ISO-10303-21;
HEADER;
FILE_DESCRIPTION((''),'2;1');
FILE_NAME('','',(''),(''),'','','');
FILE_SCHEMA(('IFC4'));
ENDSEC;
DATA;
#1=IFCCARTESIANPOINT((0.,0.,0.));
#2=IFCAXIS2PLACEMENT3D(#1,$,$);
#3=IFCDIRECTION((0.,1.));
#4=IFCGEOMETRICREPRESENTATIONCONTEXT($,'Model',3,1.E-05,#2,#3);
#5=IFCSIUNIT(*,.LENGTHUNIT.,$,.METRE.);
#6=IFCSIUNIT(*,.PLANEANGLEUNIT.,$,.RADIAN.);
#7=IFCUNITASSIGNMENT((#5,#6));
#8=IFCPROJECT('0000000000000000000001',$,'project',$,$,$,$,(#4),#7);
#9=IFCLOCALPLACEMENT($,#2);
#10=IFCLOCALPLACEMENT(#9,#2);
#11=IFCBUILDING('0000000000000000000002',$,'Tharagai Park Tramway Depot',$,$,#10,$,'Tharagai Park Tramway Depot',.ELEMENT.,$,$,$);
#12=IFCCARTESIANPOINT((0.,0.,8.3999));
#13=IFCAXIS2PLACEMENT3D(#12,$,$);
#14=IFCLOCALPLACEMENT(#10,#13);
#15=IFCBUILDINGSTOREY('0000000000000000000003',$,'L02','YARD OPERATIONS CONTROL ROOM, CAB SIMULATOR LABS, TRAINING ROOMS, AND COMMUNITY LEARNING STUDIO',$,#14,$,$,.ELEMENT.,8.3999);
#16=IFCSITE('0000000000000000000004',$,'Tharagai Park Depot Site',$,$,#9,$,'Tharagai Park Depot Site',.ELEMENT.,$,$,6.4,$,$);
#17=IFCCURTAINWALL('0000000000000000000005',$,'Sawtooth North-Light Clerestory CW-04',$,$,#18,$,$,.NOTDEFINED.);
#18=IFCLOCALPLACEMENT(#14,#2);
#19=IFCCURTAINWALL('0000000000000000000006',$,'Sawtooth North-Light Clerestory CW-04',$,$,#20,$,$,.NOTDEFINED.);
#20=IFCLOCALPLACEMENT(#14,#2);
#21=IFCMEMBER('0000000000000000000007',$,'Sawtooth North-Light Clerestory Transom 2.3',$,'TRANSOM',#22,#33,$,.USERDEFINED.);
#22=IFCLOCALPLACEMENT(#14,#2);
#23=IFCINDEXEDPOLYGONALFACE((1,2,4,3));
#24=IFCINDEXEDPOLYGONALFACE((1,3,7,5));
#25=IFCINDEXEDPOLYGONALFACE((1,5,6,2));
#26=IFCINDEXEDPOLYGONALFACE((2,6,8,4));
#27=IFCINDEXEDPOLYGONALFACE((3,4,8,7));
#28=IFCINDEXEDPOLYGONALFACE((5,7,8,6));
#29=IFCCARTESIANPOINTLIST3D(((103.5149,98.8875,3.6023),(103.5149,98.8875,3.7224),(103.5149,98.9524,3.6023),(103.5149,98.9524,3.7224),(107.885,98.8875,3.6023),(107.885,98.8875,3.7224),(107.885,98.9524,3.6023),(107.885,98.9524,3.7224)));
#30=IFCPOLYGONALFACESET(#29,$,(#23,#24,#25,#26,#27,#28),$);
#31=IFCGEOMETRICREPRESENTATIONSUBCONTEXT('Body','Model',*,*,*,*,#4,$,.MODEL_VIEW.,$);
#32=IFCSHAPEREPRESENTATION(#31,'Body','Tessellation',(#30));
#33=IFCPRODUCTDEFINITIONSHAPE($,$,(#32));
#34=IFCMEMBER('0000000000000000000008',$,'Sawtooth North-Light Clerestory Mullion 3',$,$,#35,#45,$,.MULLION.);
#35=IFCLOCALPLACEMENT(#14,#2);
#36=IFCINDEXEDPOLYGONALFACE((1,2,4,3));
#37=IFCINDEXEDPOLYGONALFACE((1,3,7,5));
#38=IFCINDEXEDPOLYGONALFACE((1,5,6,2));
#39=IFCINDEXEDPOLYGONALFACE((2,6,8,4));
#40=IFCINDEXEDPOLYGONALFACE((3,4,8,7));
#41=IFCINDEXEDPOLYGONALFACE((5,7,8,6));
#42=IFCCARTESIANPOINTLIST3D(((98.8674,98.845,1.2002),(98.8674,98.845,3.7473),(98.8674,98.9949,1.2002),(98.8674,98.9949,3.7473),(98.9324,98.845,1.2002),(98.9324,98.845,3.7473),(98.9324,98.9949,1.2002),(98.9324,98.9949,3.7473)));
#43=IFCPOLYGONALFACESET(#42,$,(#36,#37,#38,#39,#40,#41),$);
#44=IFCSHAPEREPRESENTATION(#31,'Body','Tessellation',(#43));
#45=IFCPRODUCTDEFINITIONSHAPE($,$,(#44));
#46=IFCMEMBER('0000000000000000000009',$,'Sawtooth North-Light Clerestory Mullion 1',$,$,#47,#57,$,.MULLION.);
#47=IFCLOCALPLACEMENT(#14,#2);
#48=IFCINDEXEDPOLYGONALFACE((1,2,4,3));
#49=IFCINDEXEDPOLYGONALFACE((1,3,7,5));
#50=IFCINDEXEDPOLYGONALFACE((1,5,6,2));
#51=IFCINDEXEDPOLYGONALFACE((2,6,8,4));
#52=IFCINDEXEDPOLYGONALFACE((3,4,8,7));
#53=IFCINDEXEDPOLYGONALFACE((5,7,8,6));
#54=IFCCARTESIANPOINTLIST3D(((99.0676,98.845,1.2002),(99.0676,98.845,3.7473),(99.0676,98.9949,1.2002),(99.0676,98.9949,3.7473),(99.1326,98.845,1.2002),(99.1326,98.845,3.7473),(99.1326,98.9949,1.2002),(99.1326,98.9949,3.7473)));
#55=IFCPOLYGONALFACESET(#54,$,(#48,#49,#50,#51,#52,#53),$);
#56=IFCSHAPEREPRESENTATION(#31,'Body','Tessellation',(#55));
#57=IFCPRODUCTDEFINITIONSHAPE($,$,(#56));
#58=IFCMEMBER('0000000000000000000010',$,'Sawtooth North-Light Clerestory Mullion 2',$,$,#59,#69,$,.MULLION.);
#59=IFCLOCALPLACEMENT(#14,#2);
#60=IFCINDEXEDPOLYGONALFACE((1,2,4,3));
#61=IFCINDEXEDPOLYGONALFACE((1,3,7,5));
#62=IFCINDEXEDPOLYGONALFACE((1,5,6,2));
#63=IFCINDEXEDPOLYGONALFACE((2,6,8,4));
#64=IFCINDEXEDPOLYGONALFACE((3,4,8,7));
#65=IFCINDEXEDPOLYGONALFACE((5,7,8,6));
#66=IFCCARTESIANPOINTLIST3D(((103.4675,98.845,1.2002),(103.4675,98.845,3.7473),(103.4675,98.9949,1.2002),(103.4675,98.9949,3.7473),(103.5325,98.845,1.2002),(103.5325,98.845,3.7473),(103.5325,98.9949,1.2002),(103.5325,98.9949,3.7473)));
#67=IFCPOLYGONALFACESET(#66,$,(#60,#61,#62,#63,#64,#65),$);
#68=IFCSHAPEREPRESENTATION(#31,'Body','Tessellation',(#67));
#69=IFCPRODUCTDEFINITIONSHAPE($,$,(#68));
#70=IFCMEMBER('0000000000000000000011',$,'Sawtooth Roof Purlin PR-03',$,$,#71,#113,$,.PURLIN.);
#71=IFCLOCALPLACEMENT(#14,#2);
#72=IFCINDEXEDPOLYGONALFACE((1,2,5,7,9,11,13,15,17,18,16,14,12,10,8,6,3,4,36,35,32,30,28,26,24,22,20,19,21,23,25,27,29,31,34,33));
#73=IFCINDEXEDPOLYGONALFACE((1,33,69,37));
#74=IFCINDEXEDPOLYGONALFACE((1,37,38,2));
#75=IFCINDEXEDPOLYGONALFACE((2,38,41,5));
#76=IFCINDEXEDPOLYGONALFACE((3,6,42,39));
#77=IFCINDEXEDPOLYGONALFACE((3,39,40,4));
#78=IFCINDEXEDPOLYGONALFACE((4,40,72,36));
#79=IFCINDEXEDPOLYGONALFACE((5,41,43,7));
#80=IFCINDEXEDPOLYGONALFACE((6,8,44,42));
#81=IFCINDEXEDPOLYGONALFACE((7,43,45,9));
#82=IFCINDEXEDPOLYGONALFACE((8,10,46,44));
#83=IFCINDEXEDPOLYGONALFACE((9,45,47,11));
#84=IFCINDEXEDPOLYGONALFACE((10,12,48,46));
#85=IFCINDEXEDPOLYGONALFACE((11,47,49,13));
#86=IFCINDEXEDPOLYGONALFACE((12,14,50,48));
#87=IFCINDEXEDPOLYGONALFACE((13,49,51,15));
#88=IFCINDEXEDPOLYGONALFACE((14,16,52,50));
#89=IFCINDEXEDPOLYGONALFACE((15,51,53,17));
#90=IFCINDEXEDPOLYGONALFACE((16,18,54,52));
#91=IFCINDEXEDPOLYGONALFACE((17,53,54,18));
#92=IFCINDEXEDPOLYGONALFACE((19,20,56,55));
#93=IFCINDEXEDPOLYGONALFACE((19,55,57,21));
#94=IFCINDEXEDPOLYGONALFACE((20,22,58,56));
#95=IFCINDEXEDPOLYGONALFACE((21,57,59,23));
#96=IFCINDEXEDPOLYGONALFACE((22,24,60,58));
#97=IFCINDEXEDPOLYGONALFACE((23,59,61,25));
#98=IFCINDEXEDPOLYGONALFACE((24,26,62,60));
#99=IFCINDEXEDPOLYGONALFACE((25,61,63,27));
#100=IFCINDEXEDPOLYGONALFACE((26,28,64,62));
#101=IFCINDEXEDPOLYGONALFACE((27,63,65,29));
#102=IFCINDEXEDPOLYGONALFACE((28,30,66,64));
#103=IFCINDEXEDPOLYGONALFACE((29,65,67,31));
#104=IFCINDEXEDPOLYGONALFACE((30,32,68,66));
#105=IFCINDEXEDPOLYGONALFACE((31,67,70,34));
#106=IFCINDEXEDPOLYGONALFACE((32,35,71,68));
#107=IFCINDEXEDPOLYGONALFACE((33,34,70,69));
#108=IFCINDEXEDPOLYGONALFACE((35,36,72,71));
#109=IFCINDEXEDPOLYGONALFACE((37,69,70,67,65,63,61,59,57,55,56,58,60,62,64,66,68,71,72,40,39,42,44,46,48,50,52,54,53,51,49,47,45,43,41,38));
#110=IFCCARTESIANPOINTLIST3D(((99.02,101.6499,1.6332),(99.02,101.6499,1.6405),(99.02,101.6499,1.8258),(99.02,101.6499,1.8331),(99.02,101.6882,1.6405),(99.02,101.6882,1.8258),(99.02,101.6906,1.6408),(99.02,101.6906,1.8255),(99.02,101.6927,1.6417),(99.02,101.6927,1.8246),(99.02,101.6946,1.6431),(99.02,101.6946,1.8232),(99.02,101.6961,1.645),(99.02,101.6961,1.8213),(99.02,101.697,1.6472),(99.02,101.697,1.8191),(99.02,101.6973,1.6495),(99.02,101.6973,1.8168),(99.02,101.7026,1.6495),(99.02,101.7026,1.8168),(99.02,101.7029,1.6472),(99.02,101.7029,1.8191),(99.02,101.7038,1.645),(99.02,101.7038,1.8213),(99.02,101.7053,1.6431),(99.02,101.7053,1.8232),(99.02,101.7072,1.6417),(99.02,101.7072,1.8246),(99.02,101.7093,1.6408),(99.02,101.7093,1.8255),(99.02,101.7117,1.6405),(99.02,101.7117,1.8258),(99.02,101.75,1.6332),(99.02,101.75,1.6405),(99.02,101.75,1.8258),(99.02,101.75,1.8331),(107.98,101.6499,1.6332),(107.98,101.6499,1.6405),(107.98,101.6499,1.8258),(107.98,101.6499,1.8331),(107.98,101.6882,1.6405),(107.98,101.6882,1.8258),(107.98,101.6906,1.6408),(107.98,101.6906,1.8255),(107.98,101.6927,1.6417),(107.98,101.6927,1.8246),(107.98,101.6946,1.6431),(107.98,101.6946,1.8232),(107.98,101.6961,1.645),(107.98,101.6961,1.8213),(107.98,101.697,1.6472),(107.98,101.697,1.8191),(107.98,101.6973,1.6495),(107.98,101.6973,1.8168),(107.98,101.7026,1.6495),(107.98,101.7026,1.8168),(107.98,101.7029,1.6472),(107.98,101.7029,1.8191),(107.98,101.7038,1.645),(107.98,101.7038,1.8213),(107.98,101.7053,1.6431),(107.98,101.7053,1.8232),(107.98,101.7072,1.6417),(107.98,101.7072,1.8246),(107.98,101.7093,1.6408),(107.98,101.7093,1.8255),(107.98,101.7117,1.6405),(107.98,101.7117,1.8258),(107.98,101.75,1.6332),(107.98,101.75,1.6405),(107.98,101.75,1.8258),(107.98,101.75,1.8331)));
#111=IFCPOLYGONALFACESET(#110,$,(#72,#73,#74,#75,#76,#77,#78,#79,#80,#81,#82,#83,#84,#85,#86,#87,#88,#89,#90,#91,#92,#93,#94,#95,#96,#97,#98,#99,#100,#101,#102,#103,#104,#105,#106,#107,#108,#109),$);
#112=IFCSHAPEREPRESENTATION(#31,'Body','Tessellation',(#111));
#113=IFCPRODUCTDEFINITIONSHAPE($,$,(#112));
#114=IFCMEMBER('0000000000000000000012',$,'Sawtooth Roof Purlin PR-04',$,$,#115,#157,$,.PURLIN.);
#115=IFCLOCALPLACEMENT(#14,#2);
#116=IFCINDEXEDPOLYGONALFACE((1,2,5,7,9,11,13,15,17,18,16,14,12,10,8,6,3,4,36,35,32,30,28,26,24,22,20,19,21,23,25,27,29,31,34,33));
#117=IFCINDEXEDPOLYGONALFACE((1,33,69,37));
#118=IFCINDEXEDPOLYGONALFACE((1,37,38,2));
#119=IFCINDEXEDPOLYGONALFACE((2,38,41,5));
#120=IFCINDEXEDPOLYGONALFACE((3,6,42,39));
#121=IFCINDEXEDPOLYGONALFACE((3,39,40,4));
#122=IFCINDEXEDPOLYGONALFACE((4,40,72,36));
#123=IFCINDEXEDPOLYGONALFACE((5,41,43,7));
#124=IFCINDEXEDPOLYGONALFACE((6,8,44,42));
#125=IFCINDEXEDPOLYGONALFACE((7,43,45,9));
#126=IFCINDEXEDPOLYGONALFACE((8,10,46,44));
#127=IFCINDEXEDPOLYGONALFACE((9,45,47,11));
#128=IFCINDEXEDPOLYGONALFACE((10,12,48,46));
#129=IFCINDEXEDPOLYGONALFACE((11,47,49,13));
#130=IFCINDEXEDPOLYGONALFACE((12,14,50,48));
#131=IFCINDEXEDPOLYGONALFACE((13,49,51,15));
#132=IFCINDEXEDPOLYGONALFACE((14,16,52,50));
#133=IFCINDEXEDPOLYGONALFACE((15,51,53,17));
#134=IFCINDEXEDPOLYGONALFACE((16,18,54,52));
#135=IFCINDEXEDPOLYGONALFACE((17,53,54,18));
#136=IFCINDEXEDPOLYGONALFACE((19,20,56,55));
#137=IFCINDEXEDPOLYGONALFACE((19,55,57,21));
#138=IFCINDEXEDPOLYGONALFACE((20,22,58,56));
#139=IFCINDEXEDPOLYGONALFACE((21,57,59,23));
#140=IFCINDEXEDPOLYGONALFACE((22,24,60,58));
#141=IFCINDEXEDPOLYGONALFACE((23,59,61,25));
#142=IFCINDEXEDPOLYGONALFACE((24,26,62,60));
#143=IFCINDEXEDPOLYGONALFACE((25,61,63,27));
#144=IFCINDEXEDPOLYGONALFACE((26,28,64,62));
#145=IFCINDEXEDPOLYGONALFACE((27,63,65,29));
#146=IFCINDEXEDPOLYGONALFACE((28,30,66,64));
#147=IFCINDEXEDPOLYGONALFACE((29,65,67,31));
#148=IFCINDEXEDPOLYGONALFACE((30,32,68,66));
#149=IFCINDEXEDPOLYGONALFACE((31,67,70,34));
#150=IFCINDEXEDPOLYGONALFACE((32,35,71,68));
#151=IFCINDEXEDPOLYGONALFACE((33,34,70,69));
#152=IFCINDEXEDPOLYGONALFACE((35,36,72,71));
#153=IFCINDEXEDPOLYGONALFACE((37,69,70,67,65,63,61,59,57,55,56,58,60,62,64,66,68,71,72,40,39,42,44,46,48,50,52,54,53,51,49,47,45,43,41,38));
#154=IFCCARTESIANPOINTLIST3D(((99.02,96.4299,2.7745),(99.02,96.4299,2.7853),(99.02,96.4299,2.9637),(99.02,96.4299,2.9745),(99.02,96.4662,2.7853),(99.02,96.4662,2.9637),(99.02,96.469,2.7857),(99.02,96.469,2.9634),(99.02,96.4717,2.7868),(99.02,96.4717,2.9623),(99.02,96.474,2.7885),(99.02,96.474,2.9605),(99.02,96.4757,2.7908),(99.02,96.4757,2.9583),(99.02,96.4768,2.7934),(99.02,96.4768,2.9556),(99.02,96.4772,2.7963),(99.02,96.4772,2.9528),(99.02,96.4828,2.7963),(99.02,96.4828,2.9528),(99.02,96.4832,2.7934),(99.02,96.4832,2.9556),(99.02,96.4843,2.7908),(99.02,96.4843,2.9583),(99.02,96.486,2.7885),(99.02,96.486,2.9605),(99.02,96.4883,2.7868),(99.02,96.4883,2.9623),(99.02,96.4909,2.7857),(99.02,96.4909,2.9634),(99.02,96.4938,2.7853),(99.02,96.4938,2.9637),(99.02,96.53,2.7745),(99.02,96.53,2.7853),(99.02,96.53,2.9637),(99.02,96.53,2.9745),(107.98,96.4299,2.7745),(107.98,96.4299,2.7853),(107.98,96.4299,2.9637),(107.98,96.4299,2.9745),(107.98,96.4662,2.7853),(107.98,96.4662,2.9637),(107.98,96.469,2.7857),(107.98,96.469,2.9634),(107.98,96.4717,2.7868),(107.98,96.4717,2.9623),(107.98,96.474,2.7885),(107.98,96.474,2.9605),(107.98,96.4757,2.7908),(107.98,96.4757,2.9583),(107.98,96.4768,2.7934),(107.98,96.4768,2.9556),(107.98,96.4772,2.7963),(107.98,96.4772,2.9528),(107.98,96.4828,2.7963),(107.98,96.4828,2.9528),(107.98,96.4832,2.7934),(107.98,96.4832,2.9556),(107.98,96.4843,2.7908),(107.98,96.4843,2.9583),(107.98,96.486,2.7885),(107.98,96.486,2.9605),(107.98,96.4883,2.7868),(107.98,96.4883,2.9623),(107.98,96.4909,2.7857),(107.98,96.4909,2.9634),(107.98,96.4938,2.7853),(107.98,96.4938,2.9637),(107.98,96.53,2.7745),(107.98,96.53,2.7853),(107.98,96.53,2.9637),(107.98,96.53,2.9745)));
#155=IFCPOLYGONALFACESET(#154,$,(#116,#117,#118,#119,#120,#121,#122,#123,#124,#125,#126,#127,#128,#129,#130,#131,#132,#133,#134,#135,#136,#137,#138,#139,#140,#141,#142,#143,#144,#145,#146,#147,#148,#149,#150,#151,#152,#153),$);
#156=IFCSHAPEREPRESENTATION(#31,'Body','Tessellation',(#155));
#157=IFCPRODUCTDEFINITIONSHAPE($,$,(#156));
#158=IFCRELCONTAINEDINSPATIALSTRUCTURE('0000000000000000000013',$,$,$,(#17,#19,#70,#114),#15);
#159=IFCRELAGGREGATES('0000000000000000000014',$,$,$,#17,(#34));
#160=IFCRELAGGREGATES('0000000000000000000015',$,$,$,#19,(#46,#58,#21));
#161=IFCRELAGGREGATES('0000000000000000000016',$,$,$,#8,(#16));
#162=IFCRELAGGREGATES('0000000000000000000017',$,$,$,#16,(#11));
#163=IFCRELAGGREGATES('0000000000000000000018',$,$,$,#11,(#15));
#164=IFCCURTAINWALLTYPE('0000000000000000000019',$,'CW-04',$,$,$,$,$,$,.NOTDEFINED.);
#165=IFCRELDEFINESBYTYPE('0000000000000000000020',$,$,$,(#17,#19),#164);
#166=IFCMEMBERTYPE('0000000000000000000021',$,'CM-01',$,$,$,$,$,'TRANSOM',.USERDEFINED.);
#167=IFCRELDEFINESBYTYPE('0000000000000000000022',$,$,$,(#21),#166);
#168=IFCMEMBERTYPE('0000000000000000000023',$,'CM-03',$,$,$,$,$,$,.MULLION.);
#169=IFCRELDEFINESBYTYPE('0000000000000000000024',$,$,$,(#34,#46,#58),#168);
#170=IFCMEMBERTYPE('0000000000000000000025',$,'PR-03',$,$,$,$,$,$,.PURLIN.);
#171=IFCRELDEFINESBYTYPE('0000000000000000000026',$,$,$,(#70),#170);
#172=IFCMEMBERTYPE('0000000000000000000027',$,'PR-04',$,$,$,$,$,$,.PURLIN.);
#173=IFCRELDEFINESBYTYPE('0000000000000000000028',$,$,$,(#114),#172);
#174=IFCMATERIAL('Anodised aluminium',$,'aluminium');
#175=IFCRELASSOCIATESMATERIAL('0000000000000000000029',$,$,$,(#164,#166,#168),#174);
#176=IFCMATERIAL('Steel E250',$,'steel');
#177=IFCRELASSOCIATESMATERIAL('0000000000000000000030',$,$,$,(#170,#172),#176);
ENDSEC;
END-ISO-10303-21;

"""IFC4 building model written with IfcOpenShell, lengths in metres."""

from ifc_helpers import new_model, si_unit, direction, frame, origin, origin_2d, place, context, subcontext, project, spatial, rectangle, i_section, extrude, material, material_profile, profile_set, type_object, element, aggregate, save


model = new_model("IFC4")

# Units and contexts
model_context = context("Model", 3, precision=1e-05, world=origin(), true_north=direction((0.0, 1.0)))
body_context = subcontext(model_context, "Body", "Model", "MODEL_VIEW")
ifc_project = project(units=[si_unit("LENGTHUNIT", "METRE"), si_unit("PLANEANGLEUNIT", "RADIAN")], contexts=[model_context])

# Site, building, storey
site_placement = place(None, origin())
site = spatial("IfcSite", under=ifc_project, at=site_placement, Name="Tharagai Park Depot Site", LongName="Tharagai Park Depot Site", CompositionType="ELEMENT", RefElevation=6.4)
building_placement = place(site_placement, origin())
building = spatial("IfcBuilding", under=site, at=building_placement, Name="Tharagai Park Tramway Depot", LongName="Tharagai Park Tramway Depot", CompositionType="ELEMENT")
storey_placement = place(building_placement, frame((0.0, 0.0, 8.3999)))
storey = spatial("IfcBuildingStorey", under=building, at=storey_placement, Name="L02", Description="YARD OPERATIONS CONTROL ROOM, CAB SIMULATOR LABS, TRAINING ROOMS, AND COMMUNITY LEARNING STUDIO", CompositionType="ELEMENT", Elevation=8.3999)

# Curtain walls, member
ifc_material_1 = material(Name="Anodised aluminium", Category="aluminium")
curtain_wall_type = type_object("IfcCurtainWallType", Name="CW-04", PredefinedType="NOTDEFINED", material=ifc_material_1)
curtain_wall_1_placement = place(storey_placement, origin())
curtain_wall_1 = element("IfcCurtainWall", 1, at=curtain_wall_1_placement, inside=storey, type_object=curtain_wall_type, Name="Sawtooth North-Light Clerestory CW-04", PredefinedType="NOTDEFINED")
ifc_material_profile_1 = material_profile(ifc_material_1, rectangle(XDim=0.0649, YDim=0.1201, at=origin_2d()), Name="ALU 65x120")
ifc_profile_set_1 = profile_set([ifc_material_profile_1], Name="Anodised aluminium")
member_type_1 = type_object("IfcMemberType", Name="CM-01", ElementType="TRANSOM", PredefinedType="USERDEFINED", material=ifc_profile_set_1)
curtain_wall_2_placement = place(storey_placement, origin())
curtain_wall_2 = element("IfcCurtainWall", 2, at=curtain_wall_2_placement, inside=storey, type_object=curtain_wall_type, Name="Sawtooth North-Light Clerestory CW-04", PredefinedType="NOTDEFINED")
member_1_placement = place(storey_placement, frame((103.5149, 98.9199, 3.6624), z_axis=(1.0, 0.0, 0.0), x_axis=(0.0, 1.0, 0.0)))
member_1 = element("IfcMember", 3, at=member_1_placement, type_object=member_type_1, Name="Sawtooth North-Light Clerestory Transom 2.3", ObjectType="TRANSOM", PredefinedType="USERDEFINED", context=body_context, shape_type="SweptSolid", body=[
    extrude(rectangle(XDim=0.0649, YDim=0.1201, at=origin_2d()), origin(), (0.0, 0.0, 1.0), 4.3701),
])

# Members
ifc_material_profile_2 = material_profile(ifc_material_1, rectangle(XDim=0.0649, YDim=0.1499, at=origin_2d()), Name="ALU 65x150")
ifc_profile_set_2 = profile_set([ifc_material_profile_2], Name="Anodised aluminium")
member_type_2 = type_object("IfcMemberType", Name="CM-03", PredefinedType="MULLION", material=ifc_profile_set_2)
member_2_placement = place(storey_placement, frame((98.8999, 98.9199, 1.2002), z_axis=(0.0, 0.0, 1.0), x_axis=(1.0, 0.0, 0.0)))
member_2 = element("IfcMember", 4, at=member_2_placement, type_object=member_type_2, Name="Sawtooth North-Light Clerestory Mullion 3", PredefinedType="MULLION", context=body_context, shape_type="SweptSolid", body=[
    extrude(rectangle(XDim=0.0649, YDim=0.1499, at=origin_2d()), origin(), (0.0, 0.0, 1.0), 2.5471),
])
member_3_placement = place(storey_placement, frame((99.1001, 98.9199, 1.2002), z_axis=(0.0, 0.0, 1.0), x_axis=(1.0, 0.0, 0.0)))
member_3 = element("IfcMember", 5, at=member_3_placement, type_object=member_type_2, Name="Sawtooth North-Light Clerestory Mullion 1", PredefinedType="MULLION", context=body_context, shape_type="SweptSolid", body=[
    extrude(rectangle(XDim=0.0649, YDim=0.1499, at=origin_2d()), origin(), (0.0, 0.0, 1.0), 2.5471),
])
member_4_placement = place(storey_placement, frame((103.5, 98.9199, 1.2002), z_axis=(0.0, 0.0, 1.0), x_axis=(1.0, 0.0, 0.0)))
member_4 = element("IfcMember", 6, at=member_4_placement, type_object=member_type_2, Name="Sawtooth North-Light Clerestory Mullion 2", PredefinedType="MULLION", context=body_context, shape_type="SweptSolid", body=[
    extrude(rectangle(XDim=0.0649, YDim=0.1499, at=origin_2d()), origin(), (0.0, 0.0, 1.0), 2.5471),
])

# Members
ifc_material_2 = material(Name="Steel E250", Category="steel")
ifc_material_profile_3 = material_profile(ifc_material_2, i_section(OverallWidth=0.1001, OverallDepth=0.2, WebThickness=0.0054, FlangeThickness=0.0073, FilletRadius=0.009, at=origin_2d()), Name="ISLB 200")
ifc_profile_set_3 = profile_set([ifc_material_profile_3], Name="Steel E250")
member_type_3 = type_object("IfcMemberType", Name="PR-03", PredefinedType="PURLIN", material=ifc_profile_set_3)
member_5_placement = place(storey_placement, frame((99.02, 101.7, 1.7332), z_axis=(1.0, 0.0, 0.0), x_axis=(0.0, 1.0, 0.0)))
element("IfcMember", 7, at=member_5_placement, inside=storey, type_object=member_type_3, Name="Sawtooth Roof Purlin PR-03", PredefinedType="PURLIN", context=body_context, shape_type="SweptSolid", body=[
    extrude(i_section(OverallWidth=0.1001, OverallDepth=0.2, WebThickness=0.0054, FlangeThickness=0.0073, FilletRadius=0.009, at=origin_2d()), origin(), (0.0, 0.0, 1.0), 8.96),
])
ifc_material_profile_4 = material_profile(ifc_material_2, i_section(OverallWidth=0.1001, OverallDepth=0.2, WebThickness=0.0056, FlangeThickness=0.0107, FilletRadius=0.011, at=origin_2d()), Name="ISMB 200")
ifc_profile_set_4 = profile_set([ifc_material_profile_4], Name="Steel E250")
member_type_4 = type_object("IfcMemberType", Name="PR-04", PredefinedType="PURLIN", material=ifc_profile_set_4)
member_6_placement = place(storey_placement, frame((99.02, 96.48, 2.8745), z_axis=(1.0, 0.0, 0.0), x_axis=(0.0, 1.0, 0.0)))
element("IfcMember", 8, at=member_6_placement, inside=storey, type_object=member_type_4, Name="Sawtooth Roof Purlin PR-04", PredefinedType="PURLIN", context=body_context, shape_type="SweptSolid", body=[
    extrude(i_section(OverallWidth=0.1001, OverallDepth=0.2, WebThickness=0.0056, FlangeThickness=0.0107, FilletRadius=0.011, at=origin_2d()), origin(), (0.0, 0.0, 1.0), 8.96),
])

aggregate(curtain_wall_1, [member_2])
aggregate(curtain_wall_2, [member_3, member_4, member_1])

save(model, "model.ifc")
